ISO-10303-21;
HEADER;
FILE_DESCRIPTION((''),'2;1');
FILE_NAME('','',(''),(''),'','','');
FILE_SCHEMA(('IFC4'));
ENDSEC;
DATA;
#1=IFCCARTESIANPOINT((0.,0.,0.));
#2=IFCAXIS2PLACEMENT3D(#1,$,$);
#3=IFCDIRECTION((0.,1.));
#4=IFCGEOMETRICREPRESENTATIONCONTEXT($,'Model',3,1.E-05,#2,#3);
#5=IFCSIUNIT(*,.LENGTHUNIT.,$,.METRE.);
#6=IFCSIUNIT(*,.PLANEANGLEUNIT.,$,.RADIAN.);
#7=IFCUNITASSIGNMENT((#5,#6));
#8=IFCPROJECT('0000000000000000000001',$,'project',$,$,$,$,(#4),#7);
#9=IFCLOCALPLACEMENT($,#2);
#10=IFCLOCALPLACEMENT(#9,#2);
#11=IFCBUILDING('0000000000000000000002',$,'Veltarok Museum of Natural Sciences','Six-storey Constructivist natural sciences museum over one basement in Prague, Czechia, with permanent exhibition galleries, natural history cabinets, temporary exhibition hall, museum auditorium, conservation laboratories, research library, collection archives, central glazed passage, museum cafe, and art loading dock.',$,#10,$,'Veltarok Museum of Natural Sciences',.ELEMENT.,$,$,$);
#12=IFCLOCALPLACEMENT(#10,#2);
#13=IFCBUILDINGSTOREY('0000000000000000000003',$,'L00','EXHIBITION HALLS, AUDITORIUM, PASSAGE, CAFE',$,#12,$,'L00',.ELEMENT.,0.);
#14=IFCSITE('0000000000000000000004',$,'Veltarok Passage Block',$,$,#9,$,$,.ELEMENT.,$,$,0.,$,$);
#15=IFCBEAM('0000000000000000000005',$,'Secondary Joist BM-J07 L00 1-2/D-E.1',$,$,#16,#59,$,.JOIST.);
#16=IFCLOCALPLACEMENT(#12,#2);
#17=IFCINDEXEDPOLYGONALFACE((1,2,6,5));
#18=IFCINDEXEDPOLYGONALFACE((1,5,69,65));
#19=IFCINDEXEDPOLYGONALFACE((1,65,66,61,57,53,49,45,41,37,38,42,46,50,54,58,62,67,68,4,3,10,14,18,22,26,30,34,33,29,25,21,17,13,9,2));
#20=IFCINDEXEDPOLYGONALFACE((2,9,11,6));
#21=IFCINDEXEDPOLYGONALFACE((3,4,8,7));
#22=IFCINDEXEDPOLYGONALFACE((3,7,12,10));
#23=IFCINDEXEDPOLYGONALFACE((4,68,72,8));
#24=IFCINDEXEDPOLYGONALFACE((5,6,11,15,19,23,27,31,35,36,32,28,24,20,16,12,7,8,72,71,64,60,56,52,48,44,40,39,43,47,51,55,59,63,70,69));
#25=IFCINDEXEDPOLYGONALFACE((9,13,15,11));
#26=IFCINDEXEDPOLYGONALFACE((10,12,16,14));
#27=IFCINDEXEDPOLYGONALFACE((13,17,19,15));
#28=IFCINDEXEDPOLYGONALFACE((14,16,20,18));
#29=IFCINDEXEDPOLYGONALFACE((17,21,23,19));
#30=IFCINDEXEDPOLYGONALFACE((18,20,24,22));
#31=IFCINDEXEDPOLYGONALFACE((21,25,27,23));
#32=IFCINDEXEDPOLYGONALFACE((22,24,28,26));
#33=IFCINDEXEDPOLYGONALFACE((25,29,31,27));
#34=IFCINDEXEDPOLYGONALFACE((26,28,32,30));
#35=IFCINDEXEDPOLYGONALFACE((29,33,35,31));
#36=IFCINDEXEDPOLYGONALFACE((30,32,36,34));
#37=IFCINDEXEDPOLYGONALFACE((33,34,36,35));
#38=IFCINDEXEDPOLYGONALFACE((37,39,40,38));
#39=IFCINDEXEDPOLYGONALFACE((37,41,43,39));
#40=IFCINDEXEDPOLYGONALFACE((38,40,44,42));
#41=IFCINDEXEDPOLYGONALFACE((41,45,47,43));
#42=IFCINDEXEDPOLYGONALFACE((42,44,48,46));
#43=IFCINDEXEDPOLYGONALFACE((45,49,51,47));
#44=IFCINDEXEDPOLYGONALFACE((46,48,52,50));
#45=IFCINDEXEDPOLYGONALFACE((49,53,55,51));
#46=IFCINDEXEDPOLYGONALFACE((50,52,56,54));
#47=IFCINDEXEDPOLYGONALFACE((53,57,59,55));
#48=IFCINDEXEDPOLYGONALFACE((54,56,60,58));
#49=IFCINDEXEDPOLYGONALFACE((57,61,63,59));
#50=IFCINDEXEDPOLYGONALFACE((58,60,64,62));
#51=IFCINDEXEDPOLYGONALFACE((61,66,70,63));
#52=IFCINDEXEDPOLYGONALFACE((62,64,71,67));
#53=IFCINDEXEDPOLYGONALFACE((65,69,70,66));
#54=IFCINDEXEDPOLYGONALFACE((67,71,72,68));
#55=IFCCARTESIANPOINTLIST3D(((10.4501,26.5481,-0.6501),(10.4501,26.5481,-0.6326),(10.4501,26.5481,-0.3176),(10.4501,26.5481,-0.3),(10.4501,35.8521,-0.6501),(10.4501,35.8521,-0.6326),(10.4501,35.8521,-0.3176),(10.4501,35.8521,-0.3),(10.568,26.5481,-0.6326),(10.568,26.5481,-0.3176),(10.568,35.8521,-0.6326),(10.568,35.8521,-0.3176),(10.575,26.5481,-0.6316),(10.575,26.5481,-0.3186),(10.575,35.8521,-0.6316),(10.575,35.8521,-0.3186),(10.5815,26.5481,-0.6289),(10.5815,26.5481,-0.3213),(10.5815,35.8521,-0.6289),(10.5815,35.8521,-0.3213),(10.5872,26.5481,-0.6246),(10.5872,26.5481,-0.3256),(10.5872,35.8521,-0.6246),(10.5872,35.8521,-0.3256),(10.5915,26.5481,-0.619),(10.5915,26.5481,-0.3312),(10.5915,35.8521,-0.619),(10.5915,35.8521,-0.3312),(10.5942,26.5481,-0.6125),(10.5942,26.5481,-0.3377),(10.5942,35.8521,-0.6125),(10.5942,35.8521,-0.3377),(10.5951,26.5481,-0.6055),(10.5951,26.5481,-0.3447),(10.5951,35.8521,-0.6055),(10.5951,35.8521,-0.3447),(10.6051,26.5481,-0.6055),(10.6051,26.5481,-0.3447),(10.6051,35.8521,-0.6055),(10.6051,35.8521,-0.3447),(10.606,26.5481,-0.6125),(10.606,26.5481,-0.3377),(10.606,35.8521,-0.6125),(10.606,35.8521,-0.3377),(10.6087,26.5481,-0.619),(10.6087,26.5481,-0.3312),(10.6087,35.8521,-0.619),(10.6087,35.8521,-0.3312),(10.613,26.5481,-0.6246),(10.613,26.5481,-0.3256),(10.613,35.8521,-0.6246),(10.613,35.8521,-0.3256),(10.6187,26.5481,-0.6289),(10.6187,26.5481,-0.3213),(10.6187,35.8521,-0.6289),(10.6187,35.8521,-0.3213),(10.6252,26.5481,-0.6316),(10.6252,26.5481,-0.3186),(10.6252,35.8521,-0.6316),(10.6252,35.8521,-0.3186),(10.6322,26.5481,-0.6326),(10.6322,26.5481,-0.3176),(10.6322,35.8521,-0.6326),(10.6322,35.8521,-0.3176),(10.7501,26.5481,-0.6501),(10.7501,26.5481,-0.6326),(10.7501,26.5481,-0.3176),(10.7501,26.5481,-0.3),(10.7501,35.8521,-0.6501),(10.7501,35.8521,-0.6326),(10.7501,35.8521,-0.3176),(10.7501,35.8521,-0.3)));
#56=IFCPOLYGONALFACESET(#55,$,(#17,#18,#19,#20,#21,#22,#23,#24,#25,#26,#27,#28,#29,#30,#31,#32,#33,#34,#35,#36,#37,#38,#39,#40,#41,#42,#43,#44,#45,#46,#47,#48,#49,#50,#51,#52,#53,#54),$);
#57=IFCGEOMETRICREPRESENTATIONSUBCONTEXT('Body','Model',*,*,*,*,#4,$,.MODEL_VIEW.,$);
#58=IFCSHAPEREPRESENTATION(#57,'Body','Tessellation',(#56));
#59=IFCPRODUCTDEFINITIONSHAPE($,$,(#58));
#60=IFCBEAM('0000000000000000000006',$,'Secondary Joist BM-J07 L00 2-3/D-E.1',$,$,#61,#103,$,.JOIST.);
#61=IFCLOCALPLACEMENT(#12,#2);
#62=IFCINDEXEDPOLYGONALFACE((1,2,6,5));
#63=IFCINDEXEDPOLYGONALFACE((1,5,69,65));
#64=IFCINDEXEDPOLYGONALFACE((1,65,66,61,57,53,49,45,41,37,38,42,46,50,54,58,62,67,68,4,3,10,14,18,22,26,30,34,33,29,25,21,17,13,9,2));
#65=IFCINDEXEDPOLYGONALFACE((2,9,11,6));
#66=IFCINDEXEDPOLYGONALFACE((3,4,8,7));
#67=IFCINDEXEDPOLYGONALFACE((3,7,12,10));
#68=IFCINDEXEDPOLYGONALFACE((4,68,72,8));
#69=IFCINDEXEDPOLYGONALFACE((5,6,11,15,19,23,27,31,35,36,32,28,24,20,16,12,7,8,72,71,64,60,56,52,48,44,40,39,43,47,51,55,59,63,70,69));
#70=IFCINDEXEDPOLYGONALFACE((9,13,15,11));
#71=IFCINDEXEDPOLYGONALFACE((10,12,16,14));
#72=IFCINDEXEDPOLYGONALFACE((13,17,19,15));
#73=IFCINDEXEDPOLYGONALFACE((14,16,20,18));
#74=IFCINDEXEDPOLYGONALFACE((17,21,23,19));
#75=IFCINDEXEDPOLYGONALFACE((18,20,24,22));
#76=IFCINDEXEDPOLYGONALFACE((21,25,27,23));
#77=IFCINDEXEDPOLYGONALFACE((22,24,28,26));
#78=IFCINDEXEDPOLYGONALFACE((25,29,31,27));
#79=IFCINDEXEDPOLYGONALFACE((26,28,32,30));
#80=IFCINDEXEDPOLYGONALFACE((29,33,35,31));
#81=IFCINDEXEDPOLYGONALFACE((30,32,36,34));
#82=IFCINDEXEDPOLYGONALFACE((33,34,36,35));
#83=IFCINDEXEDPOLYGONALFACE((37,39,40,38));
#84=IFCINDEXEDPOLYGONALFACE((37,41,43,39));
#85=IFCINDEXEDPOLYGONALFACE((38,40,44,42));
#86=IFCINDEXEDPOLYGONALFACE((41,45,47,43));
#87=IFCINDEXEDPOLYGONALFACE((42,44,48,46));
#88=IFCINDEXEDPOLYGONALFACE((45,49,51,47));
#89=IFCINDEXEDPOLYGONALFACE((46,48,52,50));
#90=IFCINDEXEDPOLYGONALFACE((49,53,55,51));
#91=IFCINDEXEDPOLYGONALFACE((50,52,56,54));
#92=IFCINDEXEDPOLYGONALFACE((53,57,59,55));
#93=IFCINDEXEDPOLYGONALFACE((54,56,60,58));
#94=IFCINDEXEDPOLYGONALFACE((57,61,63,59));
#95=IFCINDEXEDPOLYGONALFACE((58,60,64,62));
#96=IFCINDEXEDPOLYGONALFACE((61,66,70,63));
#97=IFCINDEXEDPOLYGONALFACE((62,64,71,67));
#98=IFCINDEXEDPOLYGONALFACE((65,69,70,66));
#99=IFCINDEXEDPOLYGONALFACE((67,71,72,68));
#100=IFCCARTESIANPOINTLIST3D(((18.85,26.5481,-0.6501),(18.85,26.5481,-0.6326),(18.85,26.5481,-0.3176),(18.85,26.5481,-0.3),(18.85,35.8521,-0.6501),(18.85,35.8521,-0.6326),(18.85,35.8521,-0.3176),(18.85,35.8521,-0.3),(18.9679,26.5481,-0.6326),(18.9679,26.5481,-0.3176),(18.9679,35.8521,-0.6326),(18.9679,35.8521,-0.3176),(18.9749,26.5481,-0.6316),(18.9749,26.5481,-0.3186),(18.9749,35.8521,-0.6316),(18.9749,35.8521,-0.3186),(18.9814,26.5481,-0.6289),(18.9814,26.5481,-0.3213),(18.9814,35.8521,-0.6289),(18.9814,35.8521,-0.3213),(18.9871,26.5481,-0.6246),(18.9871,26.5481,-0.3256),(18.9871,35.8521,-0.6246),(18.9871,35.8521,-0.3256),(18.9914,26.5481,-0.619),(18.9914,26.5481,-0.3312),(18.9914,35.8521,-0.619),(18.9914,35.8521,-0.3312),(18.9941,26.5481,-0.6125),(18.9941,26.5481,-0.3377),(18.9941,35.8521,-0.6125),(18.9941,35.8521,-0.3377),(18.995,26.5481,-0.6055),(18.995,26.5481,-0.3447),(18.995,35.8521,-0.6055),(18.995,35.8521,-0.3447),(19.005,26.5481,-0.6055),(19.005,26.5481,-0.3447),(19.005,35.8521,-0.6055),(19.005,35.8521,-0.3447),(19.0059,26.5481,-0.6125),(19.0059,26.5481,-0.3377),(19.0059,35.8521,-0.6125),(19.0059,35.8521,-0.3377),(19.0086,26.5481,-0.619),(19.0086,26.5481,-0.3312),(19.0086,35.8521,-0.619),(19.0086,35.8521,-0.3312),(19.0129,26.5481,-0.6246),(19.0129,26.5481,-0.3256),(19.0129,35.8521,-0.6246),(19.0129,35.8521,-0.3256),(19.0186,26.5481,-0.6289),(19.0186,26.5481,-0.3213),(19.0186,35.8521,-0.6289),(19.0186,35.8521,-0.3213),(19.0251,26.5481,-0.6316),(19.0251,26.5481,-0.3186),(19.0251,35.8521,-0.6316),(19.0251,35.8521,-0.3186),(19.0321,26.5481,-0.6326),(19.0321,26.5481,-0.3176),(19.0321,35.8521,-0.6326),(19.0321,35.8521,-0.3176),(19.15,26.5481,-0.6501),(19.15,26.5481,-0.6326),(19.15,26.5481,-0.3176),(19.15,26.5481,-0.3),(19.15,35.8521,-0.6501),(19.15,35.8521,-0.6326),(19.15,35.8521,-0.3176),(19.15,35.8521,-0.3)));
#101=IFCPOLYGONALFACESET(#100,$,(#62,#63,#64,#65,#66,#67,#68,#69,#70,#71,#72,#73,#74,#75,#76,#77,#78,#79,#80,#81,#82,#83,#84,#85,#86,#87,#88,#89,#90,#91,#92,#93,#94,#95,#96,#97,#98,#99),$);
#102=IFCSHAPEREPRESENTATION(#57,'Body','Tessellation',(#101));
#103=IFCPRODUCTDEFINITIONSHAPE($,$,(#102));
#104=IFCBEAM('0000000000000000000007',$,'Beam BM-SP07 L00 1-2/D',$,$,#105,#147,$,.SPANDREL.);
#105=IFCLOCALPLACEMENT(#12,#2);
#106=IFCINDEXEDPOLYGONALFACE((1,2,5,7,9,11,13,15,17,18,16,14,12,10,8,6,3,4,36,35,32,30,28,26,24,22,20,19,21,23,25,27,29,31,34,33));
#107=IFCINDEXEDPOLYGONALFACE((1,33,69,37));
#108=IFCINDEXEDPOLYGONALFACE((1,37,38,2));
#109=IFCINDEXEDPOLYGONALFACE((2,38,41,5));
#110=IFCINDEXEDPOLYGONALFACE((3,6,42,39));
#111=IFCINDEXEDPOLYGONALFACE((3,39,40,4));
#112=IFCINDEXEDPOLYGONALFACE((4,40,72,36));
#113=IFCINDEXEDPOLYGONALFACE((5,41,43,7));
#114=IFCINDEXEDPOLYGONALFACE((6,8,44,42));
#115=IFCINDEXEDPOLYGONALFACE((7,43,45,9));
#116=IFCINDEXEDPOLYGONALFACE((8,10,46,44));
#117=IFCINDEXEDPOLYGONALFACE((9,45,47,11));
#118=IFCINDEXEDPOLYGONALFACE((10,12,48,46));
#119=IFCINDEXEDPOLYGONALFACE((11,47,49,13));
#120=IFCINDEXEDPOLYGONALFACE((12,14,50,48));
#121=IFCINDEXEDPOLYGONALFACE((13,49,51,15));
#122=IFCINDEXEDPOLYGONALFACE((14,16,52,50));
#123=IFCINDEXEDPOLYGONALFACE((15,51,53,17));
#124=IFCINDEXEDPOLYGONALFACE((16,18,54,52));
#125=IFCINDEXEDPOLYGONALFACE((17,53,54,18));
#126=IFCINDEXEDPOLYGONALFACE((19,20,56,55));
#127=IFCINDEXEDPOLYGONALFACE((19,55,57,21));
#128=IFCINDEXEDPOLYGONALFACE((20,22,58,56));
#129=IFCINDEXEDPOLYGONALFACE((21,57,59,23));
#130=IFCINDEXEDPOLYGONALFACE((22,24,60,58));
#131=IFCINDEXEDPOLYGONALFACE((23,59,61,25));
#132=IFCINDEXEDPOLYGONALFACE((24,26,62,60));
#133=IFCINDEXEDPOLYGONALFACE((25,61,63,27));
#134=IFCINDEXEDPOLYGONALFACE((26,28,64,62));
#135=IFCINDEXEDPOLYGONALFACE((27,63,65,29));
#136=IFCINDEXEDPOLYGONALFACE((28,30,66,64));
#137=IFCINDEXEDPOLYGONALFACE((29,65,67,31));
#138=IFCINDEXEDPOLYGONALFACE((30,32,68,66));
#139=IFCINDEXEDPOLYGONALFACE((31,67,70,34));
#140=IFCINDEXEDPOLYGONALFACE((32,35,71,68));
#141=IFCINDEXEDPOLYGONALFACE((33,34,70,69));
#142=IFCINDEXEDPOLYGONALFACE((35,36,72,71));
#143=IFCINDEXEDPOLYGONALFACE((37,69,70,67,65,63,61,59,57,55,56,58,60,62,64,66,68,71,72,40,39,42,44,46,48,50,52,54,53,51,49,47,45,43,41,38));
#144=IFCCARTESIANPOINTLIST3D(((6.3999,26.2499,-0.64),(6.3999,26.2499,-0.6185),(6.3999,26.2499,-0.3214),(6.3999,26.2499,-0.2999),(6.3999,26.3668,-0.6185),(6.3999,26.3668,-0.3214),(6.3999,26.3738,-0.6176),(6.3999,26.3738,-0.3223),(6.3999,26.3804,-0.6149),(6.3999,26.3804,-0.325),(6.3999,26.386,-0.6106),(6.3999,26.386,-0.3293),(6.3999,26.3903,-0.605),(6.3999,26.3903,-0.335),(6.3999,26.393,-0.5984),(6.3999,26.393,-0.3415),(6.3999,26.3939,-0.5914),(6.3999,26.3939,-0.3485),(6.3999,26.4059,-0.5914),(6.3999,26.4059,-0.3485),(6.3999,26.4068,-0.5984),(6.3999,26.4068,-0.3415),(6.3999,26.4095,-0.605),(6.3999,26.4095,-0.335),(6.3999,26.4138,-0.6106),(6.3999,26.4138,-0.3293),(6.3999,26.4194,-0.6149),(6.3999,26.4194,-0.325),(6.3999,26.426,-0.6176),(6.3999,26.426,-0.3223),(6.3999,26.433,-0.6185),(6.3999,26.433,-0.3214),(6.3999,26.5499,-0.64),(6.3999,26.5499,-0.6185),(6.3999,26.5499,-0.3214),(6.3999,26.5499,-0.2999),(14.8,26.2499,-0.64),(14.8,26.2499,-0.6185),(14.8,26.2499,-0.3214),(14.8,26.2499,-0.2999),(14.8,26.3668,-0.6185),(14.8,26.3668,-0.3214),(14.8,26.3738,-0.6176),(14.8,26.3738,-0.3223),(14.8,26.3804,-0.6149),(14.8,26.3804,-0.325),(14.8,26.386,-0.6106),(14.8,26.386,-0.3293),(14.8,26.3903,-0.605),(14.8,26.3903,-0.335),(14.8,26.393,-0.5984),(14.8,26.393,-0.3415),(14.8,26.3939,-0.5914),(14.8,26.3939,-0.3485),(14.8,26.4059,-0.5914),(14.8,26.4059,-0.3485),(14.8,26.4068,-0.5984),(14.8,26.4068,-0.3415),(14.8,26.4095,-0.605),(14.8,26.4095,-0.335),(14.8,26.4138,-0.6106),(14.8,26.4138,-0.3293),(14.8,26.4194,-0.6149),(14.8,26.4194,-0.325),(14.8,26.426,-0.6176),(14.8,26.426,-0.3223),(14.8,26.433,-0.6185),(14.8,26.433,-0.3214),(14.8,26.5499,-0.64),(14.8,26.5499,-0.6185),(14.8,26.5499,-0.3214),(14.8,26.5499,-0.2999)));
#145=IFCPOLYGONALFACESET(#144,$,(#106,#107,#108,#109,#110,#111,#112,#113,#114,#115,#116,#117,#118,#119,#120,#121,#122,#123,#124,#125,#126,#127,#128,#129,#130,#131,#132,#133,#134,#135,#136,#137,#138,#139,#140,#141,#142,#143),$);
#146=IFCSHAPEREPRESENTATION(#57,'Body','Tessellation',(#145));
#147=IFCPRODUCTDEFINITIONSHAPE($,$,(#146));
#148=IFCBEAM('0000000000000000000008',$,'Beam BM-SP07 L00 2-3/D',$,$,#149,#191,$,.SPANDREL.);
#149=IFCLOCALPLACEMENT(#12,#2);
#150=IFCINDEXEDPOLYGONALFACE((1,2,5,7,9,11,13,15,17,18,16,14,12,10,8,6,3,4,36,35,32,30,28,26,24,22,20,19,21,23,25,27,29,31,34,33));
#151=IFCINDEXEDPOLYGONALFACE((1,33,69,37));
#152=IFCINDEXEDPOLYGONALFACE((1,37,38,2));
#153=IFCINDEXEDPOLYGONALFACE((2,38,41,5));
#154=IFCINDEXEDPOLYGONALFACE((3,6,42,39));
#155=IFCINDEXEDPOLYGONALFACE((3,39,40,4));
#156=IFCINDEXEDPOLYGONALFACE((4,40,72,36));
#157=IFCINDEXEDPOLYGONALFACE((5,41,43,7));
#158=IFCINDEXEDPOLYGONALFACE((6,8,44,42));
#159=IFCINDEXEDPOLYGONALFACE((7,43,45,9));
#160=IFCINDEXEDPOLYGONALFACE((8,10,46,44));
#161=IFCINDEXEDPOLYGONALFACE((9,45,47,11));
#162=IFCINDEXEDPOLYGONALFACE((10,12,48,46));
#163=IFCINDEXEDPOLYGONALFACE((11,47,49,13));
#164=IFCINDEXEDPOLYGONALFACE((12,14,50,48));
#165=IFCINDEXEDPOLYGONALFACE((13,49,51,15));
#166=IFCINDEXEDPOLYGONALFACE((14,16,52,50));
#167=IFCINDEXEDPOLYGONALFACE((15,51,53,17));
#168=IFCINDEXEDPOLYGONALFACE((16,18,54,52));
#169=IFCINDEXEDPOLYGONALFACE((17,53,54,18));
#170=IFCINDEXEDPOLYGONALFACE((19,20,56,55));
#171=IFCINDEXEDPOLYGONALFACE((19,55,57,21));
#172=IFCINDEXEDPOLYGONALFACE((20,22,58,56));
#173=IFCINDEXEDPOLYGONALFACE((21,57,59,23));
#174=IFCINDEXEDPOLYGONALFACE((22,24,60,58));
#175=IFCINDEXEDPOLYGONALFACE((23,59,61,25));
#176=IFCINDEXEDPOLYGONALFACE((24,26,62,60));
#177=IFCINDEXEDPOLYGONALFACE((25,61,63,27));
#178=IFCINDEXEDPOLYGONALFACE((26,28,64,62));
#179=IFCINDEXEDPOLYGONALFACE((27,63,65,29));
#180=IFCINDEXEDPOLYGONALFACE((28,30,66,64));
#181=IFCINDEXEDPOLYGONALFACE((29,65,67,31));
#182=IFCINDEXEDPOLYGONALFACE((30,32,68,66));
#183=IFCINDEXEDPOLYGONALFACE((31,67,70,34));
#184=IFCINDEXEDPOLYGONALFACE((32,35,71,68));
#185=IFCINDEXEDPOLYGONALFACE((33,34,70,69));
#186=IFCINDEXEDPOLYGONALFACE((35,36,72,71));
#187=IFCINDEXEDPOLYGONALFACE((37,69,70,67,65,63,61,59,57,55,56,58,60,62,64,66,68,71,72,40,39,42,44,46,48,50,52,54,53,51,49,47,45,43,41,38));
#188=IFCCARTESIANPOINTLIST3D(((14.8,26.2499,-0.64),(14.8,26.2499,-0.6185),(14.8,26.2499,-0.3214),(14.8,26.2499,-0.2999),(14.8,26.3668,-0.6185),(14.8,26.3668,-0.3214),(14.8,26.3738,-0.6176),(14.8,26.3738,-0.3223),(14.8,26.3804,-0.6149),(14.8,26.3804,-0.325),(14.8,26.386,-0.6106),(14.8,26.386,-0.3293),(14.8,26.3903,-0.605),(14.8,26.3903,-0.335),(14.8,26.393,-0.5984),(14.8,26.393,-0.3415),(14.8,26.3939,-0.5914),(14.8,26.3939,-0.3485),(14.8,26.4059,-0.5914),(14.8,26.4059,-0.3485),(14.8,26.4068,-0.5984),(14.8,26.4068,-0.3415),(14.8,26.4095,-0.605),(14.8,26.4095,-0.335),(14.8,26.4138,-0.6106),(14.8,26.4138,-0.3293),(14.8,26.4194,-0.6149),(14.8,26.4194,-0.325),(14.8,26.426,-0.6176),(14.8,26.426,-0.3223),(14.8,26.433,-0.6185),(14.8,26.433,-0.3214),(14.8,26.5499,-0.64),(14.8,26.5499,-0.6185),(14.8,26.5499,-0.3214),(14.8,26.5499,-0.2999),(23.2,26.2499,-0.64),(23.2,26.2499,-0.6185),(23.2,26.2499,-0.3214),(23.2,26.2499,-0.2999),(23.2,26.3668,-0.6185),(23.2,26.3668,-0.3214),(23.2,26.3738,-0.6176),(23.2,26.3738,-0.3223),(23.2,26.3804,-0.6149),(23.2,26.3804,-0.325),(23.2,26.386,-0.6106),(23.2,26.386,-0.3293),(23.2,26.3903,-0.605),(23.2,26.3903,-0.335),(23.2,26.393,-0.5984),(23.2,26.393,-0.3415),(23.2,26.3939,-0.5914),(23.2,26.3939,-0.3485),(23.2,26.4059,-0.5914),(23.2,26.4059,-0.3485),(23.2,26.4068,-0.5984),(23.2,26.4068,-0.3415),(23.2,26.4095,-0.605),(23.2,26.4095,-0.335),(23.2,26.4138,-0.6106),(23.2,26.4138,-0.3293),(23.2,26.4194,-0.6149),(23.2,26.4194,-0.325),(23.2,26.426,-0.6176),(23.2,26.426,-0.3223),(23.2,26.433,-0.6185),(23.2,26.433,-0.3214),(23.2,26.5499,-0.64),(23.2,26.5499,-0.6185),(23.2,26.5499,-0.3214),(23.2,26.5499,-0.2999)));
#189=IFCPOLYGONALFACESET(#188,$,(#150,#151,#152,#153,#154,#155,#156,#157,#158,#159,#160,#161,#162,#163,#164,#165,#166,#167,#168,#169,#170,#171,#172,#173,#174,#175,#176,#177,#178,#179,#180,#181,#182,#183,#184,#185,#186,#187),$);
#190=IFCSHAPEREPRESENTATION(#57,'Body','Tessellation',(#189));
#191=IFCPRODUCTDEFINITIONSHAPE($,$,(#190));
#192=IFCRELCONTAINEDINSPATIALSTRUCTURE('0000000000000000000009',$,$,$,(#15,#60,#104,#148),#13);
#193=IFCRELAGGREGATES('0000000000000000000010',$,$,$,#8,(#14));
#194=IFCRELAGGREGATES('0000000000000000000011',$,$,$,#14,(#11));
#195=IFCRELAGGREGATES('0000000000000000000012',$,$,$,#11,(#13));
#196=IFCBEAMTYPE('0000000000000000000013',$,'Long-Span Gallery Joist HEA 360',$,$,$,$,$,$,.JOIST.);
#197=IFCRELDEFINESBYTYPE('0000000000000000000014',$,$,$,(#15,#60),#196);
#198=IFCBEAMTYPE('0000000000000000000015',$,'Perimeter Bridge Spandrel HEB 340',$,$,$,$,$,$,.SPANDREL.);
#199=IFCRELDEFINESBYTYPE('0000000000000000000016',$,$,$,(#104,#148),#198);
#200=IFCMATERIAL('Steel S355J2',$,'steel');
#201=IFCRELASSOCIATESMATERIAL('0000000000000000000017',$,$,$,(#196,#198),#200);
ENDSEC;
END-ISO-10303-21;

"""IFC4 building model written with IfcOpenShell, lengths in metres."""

from ifc_helpers import new_model, si_unit, direction, frame, origin, origin_2d, place, context, subcontext, project, spatial, i_section, extrude, material, material_profile, profile_set, type_object, element, save


model = new_model("IFC4")

# Units and contexts
model_context = context("Model", 3, precision=1e-05, world=origin(), true_north=direction((0.0, 1.0)))
body_context = subcontext(model_context, "Body", "Model", "MODEL_VIEW")
ifc_project = project(units=[si_unit("LENGTHUNIT", "METRE"), si_unit("PLANEANGLEUNIT", "RADIAN")], contexts=[model_context])

# Site, building, storey
site_placement = place(None, origin())
site = spatial("IfcSite", under=ifc_project, at=site_placement, Name="Veltarok Passage Block", CompositionType="ELEMENT", RefElevation=0.0)
building_placement = place(site_placement, origin())
building = spatial("IfcBuilding", under=site, at=building_placement, Name="Veltarok Museum of Natural Sciences", Description="Six-storey Constructivist natural sciences museum over one basement in Prague, Czechia, with permanent exhibition galleries, natural history cabinets, temporary exhibition hall, museum auditorium, conservation laboratories, research library, collection archives, central glazed passage, museum cafe, and art loading dock.", LongName="Veltarok Museum of Natural Sciences", CompositionType="ELEMENT")
storey_placement = place(building_placement, origin())
storey = spatial("IfcBuildingStorey", under=building, at=storey_placement, Name="L00", Description="EXHIBITION HALLS, AUDITORIUM, PASSAGE, CAFE", LongName="L00", CompositionType="ELEMENT", Elevation=0.0)

# Shared definitions
ifc_material_1 = material(Name="Steel S355J2", Category="steel")

# Beams
ifc_material_profile_1 = material_profile(ifc_material_1, i_section(OverallWidth=0.3, OverallDepth=0.3501, WebThickness=0.01, FlangeThickness=0.0176, FilletRadius=0.0271, at=origin_2d()), Name="HEA 360")
ifc_profile_set_1 = profile_set([ifc_material_profile_1], Name="Steel S355J2")
beam_type_1 = type_object("IfcBeamType", Name="Long-Span Gallery Joist HEA 360", PredefinedType="JOIST", material=ifc_profile_set_1)
for number, where, z_axis, x_axis, name in (
    (1, (10.6001, 26.5481, -0.4751), (0.0, 1.0, 0.0), (-1.0, 0.0, 0.0), "Secondary Joist BM-J07 L00 1-2/D-E.1"),
    (2, (19.0, 26.5481, -0.4751), (0.0, 1.0, 0.0), (-1.0, 0.0, 0.0), "Secondary Joist BM-J07 L00 2-3/D-E.1"),
):
    element("IfcBeam", number, at=place(storey_placement, frame(where, z_axis=z_axis, x_axis=x_axis)), inside=storey, type_object=beam_type_1, Name=name, PredefinedType="JOIST", context=body_context, shape_type="SweptSolid", body=[
        extrude(i_section(OverallWidth=0.3, OverallDepth=0.3501, WebThickness=0.01, FlangeThickness=0.0176, FilletRadius=0.0271, at=origin_2d()), origin(), (0.0, 0.0, 1.0), 9.304),
    ])
ifc_material_profile_2 = material_profile(ifc_material_1, i_section(OverallWidth=0.3, OverallDepth=0.3401, WebThickness=0.012, FlangeThickness=0.0215, FilletRadius=0.0271, at=origin_2d()), Name="HEB 340")
ifc_profile_set_2 = profile_set([ifc_material_profile_2], Name="Steel S355J2")
beam_type_2 = type_object("IfcBeamType", Name="Perimeter Bridge Spandrel HEB 340", PredefinedType="SPANDREL", material=ifc_profile_set_2)
beam_1_placement = place(storey_placement, frame((6.3999, 26.3999, -0.47), z_axis=(1.0, 0.0, 0.0), x_axis=(0.0, 1.0, 0.0)))
element("IfcBeam", 3, at=beam_1_placement, inside=storey, type_object=beam_type_2, Name="Beam BM-SP07 L00 1-2/D", PredefinedType="SPANDREL", context=body_context, shape_type="SweptSolid", body=[
    extrude(i_section(OverallWidth=0.3, OverallDepth=0.3401, WebThickness=0.012, FlangeThickness=0.0215, FilletRadius=0.0271, at=origin_2d()), origin(), (0.0, 0.0, 1.0), 8.4001),
])
beam_2_placement = place(storey_placement, frame((14.8, 26.3999, -0.47), z_axis=(1.0, 0.0, 0.0), x_axis=(0.0, 1.0, 0.0)))
element("IfcBeam", 4, at=beam_2_placement, inside=storey, type_object=beam_type_2, Name="Beam BM-SP07 L00 2-3/D", PredefinedType="SPANDREL", context=body_context, shape_type="SweptSolid", body=[
    extrude(i_section(OverallWidth=0.3, OverallDepth=0.3401, WebThickness=0.012, FlangeThickness=0.0215, FilletRadius=0.0271, at=origin_2d()), origin(), (0.0, 0.0, 1.0), 8.3999),
])

save(model, "model.ifc")
